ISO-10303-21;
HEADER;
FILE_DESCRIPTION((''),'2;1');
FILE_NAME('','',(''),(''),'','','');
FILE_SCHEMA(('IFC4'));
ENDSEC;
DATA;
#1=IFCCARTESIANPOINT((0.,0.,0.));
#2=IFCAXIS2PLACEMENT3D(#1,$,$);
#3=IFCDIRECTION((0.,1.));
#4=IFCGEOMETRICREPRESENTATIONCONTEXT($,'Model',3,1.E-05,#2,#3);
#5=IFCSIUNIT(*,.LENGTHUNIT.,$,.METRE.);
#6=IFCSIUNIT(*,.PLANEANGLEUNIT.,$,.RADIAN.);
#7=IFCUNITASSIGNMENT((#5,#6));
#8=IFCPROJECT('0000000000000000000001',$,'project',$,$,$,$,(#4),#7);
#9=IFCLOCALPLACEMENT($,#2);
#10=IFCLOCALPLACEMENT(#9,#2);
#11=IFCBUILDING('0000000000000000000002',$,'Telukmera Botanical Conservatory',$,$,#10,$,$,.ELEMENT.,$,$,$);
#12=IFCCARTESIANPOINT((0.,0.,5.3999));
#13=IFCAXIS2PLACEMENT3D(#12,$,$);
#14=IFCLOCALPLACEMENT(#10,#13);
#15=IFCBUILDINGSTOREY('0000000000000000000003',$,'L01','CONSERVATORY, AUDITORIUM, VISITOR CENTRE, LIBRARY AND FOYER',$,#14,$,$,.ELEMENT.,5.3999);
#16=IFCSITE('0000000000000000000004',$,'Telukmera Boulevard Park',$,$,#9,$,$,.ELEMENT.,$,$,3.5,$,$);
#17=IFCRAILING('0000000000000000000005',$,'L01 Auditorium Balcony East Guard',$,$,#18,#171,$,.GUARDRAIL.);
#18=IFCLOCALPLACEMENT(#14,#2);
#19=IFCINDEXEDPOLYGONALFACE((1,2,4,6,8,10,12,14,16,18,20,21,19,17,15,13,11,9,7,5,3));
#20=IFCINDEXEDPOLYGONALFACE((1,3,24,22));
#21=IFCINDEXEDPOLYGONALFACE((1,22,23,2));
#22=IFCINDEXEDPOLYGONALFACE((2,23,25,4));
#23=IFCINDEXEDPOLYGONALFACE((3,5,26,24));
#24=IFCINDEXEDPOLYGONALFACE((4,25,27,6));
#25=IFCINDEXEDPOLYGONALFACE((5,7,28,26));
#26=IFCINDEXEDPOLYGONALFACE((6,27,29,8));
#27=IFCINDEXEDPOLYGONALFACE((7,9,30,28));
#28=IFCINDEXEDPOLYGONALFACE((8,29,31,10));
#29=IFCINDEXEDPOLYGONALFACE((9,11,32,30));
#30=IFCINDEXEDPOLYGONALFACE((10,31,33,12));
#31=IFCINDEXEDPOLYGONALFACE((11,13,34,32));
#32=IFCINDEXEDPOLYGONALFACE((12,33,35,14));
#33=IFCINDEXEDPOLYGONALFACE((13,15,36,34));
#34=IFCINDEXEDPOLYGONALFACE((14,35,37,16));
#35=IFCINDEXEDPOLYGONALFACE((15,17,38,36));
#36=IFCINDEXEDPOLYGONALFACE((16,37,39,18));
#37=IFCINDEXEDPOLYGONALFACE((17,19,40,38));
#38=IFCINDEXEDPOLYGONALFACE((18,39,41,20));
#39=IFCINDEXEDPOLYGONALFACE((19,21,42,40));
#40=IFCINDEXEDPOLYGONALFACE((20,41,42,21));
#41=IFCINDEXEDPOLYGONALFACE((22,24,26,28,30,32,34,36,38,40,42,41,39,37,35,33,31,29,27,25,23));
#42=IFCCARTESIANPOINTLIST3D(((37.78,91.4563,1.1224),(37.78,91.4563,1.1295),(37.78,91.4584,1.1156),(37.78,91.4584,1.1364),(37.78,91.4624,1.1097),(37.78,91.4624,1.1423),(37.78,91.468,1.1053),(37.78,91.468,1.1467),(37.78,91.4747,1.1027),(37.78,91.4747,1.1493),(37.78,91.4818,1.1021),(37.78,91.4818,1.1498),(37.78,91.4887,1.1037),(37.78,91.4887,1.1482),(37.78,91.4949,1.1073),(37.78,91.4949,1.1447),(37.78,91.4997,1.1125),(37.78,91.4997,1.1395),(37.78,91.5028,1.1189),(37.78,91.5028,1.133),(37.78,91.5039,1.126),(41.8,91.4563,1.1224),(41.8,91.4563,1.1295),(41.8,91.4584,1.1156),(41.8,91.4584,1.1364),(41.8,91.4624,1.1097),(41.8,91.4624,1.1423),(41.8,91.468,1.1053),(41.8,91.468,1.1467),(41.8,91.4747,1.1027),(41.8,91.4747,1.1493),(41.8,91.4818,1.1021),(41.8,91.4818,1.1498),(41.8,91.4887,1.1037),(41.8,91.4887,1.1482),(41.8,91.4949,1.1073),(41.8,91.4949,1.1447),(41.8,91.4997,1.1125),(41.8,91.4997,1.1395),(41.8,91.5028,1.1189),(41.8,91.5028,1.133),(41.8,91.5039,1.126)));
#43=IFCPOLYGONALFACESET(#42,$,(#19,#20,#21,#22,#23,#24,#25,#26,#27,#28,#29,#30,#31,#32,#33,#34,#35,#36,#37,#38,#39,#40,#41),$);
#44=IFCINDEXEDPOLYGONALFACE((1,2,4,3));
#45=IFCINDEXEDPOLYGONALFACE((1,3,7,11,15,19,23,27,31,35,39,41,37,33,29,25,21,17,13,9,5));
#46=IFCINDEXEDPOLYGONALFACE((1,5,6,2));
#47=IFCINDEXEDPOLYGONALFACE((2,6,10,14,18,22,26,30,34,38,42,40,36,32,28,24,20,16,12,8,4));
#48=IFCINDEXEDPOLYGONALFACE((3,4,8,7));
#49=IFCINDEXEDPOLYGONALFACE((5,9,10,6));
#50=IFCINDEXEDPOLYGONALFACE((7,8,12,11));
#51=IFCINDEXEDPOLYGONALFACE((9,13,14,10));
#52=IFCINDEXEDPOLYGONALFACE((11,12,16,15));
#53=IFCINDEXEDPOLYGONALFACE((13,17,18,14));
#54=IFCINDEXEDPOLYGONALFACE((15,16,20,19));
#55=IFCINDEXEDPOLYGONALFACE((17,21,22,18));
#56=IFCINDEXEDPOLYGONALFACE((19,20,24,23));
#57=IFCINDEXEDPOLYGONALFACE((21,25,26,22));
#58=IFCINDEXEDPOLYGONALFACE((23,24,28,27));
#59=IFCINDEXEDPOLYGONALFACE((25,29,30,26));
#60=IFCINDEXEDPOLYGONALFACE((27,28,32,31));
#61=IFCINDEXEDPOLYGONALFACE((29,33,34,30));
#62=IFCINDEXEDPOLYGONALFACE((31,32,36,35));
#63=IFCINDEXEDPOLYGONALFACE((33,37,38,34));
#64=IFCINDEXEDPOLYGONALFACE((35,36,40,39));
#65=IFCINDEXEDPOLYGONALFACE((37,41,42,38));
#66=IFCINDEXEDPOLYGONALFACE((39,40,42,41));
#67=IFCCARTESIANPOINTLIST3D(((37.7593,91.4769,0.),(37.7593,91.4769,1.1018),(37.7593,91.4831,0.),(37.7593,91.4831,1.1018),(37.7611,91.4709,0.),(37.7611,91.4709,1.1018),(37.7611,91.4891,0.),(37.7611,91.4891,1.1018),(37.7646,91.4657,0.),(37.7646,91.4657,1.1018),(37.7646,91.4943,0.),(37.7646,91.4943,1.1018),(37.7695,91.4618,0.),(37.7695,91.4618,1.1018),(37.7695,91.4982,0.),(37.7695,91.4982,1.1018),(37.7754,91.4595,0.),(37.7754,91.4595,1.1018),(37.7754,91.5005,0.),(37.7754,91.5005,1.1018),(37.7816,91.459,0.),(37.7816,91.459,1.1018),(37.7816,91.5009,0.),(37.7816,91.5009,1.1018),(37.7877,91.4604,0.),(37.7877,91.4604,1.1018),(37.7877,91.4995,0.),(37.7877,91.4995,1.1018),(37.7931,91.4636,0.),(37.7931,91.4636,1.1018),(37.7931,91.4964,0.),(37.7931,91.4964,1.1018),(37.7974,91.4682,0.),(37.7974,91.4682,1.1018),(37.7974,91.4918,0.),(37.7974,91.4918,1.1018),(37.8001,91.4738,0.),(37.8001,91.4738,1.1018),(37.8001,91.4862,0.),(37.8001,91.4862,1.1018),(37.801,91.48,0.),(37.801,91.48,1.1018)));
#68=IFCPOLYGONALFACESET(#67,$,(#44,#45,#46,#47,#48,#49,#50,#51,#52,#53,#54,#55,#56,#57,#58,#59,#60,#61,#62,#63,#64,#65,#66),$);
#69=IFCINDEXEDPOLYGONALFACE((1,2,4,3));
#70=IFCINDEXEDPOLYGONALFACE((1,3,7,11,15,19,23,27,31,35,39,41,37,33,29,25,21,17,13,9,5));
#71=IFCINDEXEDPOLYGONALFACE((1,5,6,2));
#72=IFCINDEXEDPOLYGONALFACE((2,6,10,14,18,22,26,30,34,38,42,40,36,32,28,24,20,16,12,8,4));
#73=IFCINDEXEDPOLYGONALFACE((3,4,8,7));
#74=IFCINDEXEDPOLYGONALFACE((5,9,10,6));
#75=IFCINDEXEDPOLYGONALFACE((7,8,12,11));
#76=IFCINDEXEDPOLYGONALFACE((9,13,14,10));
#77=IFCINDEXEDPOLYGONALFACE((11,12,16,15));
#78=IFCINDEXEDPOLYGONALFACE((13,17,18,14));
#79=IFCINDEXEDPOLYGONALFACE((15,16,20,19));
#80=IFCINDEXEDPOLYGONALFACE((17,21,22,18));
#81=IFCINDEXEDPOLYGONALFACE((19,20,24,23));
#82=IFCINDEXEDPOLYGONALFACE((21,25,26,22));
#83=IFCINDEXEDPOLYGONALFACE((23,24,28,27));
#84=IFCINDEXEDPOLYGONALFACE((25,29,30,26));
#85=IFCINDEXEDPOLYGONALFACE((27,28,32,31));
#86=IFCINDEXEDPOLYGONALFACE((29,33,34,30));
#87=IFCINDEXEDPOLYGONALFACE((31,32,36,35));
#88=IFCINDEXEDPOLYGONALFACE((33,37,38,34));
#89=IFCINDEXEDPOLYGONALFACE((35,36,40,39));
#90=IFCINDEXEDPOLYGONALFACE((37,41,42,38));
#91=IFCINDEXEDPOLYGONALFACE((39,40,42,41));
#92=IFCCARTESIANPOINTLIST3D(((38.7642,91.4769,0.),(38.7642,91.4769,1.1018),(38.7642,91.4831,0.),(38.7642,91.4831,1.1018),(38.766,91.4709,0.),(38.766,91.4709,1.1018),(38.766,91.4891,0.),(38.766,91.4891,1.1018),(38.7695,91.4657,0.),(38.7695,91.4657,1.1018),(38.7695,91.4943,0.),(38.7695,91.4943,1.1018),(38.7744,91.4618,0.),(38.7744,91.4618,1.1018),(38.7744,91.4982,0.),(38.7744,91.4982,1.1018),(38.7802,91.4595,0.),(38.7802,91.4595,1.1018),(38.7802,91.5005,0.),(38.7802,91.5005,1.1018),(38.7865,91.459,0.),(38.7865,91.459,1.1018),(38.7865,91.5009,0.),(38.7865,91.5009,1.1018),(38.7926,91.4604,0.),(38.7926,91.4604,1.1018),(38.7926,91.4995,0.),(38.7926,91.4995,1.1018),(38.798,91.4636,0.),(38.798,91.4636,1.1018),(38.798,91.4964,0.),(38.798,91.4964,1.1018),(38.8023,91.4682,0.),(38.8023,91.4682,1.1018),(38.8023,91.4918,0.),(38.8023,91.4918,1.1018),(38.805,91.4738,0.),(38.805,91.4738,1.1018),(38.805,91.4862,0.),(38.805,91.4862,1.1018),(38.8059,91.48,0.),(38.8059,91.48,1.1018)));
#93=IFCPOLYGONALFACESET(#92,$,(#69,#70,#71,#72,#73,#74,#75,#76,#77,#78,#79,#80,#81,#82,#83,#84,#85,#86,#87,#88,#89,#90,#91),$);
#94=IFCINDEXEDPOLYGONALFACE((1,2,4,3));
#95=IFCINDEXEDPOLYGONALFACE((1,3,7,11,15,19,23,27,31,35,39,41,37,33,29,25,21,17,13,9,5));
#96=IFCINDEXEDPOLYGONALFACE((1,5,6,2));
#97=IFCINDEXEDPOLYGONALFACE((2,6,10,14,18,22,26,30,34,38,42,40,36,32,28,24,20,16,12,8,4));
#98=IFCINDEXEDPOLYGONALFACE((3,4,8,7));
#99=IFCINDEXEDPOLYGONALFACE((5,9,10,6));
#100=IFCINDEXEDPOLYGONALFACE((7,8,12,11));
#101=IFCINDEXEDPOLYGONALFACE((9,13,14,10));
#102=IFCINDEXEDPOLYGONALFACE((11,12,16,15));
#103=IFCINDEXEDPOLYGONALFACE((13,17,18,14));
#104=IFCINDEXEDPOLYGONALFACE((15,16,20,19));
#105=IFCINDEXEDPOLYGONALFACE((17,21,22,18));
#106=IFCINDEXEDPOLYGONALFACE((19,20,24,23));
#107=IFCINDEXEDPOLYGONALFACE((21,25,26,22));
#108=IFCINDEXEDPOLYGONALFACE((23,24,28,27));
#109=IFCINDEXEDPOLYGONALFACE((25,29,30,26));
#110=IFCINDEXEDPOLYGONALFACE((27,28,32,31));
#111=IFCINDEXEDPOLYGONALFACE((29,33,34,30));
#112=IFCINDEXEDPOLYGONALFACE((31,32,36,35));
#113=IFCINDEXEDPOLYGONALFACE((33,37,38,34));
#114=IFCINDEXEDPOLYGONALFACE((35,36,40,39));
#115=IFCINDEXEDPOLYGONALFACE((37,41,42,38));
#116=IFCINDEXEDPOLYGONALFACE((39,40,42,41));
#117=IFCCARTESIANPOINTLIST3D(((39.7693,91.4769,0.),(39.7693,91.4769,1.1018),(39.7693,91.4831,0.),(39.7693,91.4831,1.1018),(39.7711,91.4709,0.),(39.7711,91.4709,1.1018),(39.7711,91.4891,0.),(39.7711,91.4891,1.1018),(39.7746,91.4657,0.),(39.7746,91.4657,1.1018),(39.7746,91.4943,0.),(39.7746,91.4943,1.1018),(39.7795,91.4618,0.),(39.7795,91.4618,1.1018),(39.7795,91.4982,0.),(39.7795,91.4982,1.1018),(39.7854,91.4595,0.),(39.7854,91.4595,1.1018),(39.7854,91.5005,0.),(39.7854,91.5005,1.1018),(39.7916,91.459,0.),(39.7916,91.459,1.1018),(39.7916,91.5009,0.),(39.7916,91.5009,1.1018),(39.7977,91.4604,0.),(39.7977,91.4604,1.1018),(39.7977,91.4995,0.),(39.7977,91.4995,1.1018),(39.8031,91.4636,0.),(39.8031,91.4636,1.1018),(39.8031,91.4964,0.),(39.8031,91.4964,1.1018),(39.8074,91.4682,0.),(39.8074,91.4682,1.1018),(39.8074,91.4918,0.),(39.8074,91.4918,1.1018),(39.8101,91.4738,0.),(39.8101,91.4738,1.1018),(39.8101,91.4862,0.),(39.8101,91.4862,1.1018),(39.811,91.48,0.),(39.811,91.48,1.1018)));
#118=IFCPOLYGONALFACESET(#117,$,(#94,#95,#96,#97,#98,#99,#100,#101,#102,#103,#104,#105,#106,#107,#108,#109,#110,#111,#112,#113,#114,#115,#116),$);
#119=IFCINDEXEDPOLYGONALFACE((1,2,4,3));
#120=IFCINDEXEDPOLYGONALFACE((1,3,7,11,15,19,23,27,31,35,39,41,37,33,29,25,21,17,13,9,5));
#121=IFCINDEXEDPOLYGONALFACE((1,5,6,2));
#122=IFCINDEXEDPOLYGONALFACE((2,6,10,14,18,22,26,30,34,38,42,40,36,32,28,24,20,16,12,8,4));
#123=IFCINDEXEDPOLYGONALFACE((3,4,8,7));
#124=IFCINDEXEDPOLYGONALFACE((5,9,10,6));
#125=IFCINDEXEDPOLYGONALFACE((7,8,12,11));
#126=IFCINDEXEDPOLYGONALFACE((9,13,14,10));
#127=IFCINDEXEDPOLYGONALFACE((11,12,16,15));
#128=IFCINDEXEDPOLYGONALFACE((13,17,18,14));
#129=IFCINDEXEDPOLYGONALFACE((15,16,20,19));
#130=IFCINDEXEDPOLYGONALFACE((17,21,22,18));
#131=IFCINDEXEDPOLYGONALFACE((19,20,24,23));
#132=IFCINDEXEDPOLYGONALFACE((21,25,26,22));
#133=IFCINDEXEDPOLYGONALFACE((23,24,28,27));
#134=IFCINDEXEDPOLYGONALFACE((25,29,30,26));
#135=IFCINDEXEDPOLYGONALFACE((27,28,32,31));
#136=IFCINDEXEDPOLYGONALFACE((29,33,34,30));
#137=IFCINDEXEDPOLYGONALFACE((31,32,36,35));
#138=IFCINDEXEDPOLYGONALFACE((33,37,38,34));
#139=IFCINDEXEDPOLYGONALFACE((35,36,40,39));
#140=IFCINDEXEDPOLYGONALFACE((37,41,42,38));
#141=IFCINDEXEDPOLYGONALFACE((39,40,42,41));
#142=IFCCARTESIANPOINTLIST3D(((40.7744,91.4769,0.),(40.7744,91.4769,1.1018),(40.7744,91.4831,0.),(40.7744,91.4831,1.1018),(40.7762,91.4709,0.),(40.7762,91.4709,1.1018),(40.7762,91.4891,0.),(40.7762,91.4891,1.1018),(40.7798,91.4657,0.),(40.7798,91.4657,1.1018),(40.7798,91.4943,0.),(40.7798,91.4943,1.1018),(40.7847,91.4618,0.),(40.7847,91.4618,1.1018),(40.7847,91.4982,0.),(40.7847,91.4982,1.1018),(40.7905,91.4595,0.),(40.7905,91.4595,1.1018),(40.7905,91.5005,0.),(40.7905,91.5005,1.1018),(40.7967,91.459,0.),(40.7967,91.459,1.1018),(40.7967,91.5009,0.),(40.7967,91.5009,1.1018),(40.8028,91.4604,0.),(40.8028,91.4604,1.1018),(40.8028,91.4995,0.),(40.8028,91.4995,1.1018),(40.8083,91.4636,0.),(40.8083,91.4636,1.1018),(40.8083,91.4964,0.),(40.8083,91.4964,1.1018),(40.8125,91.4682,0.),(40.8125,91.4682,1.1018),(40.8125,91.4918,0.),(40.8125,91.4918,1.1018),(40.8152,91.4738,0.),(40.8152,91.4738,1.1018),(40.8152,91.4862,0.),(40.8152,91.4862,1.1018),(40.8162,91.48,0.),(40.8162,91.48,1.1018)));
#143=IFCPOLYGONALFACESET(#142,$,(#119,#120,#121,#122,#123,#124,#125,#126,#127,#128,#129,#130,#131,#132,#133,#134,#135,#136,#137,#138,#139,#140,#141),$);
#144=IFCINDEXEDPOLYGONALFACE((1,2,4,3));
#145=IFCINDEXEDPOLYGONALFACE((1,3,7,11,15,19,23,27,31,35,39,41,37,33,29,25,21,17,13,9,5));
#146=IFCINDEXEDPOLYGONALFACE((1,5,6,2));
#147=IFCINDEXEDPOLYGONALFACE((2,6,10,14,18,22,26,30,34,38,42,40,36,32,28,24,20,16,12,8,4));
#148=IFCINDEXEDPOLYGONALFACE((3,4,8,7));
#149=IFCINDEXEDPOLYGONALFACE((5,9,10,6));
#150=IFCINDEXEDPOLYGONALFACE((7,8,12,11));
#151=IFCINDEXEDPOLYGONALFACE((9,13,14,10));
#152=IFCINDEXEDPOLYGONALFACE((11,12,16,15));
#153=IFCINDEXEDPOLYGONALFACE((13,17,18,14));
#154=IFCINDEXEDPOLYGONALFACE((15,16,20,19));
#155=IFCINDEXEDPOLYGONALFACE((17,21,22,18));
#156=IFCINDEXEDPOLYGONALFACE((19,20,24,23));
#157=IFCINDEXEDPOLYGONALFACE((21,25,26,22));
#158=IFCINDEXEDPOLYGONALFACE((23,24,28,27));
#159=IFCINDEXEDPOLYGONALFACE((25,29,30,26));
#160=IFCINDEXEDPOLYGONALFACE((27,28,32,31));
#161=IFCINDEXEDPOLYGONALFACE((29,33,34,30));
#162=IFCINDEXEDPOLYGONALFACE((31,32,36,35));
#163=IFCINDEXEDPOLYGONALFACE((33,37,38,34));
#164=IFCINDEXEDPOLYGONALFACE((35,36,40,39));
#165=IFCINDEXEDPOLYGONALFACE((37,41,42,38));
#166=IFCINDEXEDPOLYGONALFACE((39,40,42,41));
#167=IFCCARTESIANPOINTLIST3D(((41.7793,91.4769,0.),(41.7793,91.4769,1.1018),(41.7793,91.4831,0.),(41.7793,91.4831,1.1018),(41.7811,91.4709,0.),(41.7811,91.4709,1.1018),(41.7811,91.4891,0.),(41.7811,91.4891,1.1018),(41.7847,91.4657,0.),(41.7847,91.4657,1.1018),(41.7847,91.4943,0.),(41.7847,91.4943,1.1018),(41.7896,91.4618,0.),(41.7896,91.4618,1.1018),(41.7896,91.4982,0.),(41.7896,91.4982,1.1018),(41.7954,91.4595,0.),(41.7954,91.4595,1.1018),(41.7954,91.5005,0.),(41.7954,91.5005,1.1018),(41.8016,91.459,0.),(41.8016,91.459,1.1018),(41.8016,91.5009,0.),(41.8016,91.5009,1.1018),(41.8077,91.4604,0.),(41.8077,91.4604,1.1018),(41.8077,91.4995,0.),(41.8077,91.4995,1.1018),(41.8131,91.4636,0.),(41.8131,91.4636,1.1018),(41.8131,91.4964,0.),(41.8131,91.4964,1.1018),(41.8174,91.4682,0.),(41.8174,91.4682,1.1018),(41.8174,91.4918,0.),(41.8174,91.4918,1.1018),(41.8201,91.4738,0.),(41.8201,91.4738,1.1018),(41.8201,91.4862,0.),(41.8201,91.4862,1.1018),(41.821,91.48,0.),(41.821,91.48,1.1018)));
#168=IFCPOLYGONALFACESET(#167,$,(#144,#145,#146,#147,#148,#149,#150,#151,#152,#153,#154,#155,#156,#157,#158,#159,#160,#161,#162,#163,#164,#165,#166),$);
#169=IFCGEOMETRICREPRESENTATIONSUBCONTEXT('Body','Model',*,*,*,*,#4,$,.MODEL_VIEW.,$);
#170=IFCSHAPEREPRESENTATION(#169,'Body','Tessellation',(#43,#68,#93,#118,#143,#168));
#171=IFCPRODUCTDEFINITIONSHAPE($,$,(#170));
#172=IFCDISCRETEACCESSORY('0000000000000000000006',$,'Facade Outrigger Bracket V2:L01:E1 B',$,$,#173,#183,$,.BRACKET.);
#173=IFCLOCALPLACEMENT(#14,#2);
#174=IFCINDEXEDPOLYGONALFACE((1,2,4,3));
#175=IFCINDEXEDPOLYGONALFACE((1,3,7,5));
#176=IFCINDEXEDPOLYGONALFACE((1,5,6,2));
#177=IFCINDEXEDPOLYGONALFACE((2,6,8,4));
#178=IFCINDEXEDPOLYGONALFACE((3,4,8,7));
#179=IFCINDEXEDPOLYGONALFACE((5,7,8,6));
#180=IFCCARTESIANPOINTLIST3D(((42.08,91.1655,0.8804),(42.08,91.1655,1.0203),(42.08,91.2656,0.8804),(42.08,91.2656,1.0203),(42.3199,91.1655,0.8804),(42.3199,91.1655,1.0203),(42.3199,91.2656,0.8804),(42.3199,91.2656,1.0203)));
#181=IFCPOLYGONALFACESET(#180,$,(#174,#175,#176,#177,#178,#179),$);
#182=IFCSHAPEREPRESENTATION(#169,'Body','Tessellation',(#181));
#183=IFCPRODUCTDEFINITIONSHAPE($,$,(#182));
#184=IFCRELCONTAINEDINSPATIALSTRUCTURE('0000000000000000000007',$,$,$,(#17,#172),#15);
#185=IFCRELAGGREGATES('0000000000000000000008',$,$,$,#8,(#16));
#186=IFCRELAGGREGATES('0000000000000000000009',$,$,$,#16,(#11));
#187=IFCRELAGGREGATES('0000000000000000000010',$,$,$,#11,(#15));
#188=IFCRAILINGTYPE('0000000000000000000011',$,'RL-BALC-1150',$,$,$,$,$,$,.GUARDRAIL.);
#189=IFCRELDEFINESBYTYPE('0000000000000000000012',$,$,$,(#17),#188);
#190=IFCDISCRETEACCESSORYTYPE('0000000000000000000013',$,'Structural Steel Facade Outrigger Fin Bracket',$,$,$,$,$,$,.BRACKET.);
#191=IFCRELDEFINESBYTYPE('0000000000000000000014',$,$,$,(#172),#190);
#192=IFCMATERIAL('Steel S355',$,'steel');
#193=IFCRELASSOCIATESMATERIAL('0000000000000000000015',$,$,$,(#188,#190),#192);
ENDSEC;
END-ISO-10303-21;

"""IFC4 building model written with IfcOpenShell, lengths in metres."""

from ifc_helpers import new_model, si_unit, direction, frame, origin, origin_2d, place, context, subcontext, project, spatial, rectangle, circle, extrude, material, type_object, element, save


model = new_model("IFC4")

# Units and contexts
model_context = context("Model", 3, precision=1e-05, world=origin(), true_north=direction((0.0, 1.0)))
body_context = subcontext(model_context, "Body", "Model", "MODEL_VIEW")
ifc_project = project(units=[si_unit("LENGTHUNIT", "METRE"), si_unit("PLANEANGLEUNIT", "RADIAN")], contexts=[model_context])

# Site, building, storey
site_placement = place(None, origin())
site = spatial("IfcSite", under=ifc_project, at=site_placement, Name="Telukmera Boulevard Park", CompositionType="ELEMENT", RefElevation=3.5)
building_placement = place(site_placement, origin())
building = spatial("IfcBuilding", under=site, at=building_placement, Name="Telukmera Botanical Conservatory", CompositionType="ELEMENT")
storey_placement = place(building_placement, frame((0.0, 0.0, 5.3999)))
storey = spatial("IfcBuildingStorey", under=building, at=storey_placement, Name="L01", Description="CONSERVATORY, AUDITORIUM, VISITOR CENTRE, LIBRARY AND FOYER", CompositionType="ELEMENT", Elevation=5.3999)

# Shared definitions
ifc_material_1 = material(Name="Steel S355", Category="steel")

# Railing
railing_type = type_object("IfcRailingType", Name="RL-BALC-1150", PredefinedType="GUARDRAIL", material=ifc_material_1)
railing_1_placement = place(storey_placement, frame((37.78, 91.48, 0.0)))
element("IfcRailing", 1, at=railing_1_placement, inside=storey, type_object=railing_type, Name="L01 Auditorium Balcony East Guard", PredefinedType="GUARDRAIL", context=body_context, shape_type="SweptSolid", body=[
    extrude(circle(Radius=0.0239, at=origin_2d()), frame((0.0, 0.0, 1.126), z_axis=(1.0, 0.0, 0.0), x_axis=(0.0, 1.0, 0.0)), (0.0, 0.0, 1.0), 4.02),
    extrude(circle(Radius=0.021, at=origin_2d()), origin(), (0.0, 0.0, 1.0), 1.1018),
    extrude(circle(Radius=0.021, at=origin_2d()), frame((1.0049, 0.0, 0.0)), (0.0, 0.0, 1.0), 1.1018),
    extrude(circle(Radius=0.021, at=origin_2d()), frame((2.01, 0.0, 0.0)), (0.0, 0.0, 1.0), 1.1018),
    extrude(circle(Radius=0.021, at=origin_2d()), frame((3.0151, 0.0, 0.0)), (0.0, 0.0, 1.0), 1.1018),
    extrude(circle(Radius=0.021, at=origin_2d()), frame((4.02, 0.0, 0.0)), (0.0, 0.0, 1.0), 1.1018),
])

# Discrete accessory
discrete_accessory_type = type_object("IfcDiscreteAccessoryType", Name="Structural Steel Facade Outrigger Fin Bracket", PredefinedType="BRACKET", material=ifc_material_1)
discrete_accessory_placement = place(storey_placement, frame((42.2, 91.2156, 0.8804), z_axis=(0.0, 0.0, 1.0), x_axis=(0.0, 1.0, 0.0)))
element("IfcDiscreteAccessory", 2, at=discrete_accessory_placement, inside=storey, type_object=discrete_accessory_type, Name="Facade Outrigger Bracket V2:L01:E1 B", PredefinedType="BRACKET", context=body_context, shape_type="SweptSolid", body=[
    extrude(rectangle(XDim=0.1001, YDim=0.24, at=origin_2d()), origin(), (0.0, 0.0, 1.0), 0.1399),
])

save(model, "model.ifc")
